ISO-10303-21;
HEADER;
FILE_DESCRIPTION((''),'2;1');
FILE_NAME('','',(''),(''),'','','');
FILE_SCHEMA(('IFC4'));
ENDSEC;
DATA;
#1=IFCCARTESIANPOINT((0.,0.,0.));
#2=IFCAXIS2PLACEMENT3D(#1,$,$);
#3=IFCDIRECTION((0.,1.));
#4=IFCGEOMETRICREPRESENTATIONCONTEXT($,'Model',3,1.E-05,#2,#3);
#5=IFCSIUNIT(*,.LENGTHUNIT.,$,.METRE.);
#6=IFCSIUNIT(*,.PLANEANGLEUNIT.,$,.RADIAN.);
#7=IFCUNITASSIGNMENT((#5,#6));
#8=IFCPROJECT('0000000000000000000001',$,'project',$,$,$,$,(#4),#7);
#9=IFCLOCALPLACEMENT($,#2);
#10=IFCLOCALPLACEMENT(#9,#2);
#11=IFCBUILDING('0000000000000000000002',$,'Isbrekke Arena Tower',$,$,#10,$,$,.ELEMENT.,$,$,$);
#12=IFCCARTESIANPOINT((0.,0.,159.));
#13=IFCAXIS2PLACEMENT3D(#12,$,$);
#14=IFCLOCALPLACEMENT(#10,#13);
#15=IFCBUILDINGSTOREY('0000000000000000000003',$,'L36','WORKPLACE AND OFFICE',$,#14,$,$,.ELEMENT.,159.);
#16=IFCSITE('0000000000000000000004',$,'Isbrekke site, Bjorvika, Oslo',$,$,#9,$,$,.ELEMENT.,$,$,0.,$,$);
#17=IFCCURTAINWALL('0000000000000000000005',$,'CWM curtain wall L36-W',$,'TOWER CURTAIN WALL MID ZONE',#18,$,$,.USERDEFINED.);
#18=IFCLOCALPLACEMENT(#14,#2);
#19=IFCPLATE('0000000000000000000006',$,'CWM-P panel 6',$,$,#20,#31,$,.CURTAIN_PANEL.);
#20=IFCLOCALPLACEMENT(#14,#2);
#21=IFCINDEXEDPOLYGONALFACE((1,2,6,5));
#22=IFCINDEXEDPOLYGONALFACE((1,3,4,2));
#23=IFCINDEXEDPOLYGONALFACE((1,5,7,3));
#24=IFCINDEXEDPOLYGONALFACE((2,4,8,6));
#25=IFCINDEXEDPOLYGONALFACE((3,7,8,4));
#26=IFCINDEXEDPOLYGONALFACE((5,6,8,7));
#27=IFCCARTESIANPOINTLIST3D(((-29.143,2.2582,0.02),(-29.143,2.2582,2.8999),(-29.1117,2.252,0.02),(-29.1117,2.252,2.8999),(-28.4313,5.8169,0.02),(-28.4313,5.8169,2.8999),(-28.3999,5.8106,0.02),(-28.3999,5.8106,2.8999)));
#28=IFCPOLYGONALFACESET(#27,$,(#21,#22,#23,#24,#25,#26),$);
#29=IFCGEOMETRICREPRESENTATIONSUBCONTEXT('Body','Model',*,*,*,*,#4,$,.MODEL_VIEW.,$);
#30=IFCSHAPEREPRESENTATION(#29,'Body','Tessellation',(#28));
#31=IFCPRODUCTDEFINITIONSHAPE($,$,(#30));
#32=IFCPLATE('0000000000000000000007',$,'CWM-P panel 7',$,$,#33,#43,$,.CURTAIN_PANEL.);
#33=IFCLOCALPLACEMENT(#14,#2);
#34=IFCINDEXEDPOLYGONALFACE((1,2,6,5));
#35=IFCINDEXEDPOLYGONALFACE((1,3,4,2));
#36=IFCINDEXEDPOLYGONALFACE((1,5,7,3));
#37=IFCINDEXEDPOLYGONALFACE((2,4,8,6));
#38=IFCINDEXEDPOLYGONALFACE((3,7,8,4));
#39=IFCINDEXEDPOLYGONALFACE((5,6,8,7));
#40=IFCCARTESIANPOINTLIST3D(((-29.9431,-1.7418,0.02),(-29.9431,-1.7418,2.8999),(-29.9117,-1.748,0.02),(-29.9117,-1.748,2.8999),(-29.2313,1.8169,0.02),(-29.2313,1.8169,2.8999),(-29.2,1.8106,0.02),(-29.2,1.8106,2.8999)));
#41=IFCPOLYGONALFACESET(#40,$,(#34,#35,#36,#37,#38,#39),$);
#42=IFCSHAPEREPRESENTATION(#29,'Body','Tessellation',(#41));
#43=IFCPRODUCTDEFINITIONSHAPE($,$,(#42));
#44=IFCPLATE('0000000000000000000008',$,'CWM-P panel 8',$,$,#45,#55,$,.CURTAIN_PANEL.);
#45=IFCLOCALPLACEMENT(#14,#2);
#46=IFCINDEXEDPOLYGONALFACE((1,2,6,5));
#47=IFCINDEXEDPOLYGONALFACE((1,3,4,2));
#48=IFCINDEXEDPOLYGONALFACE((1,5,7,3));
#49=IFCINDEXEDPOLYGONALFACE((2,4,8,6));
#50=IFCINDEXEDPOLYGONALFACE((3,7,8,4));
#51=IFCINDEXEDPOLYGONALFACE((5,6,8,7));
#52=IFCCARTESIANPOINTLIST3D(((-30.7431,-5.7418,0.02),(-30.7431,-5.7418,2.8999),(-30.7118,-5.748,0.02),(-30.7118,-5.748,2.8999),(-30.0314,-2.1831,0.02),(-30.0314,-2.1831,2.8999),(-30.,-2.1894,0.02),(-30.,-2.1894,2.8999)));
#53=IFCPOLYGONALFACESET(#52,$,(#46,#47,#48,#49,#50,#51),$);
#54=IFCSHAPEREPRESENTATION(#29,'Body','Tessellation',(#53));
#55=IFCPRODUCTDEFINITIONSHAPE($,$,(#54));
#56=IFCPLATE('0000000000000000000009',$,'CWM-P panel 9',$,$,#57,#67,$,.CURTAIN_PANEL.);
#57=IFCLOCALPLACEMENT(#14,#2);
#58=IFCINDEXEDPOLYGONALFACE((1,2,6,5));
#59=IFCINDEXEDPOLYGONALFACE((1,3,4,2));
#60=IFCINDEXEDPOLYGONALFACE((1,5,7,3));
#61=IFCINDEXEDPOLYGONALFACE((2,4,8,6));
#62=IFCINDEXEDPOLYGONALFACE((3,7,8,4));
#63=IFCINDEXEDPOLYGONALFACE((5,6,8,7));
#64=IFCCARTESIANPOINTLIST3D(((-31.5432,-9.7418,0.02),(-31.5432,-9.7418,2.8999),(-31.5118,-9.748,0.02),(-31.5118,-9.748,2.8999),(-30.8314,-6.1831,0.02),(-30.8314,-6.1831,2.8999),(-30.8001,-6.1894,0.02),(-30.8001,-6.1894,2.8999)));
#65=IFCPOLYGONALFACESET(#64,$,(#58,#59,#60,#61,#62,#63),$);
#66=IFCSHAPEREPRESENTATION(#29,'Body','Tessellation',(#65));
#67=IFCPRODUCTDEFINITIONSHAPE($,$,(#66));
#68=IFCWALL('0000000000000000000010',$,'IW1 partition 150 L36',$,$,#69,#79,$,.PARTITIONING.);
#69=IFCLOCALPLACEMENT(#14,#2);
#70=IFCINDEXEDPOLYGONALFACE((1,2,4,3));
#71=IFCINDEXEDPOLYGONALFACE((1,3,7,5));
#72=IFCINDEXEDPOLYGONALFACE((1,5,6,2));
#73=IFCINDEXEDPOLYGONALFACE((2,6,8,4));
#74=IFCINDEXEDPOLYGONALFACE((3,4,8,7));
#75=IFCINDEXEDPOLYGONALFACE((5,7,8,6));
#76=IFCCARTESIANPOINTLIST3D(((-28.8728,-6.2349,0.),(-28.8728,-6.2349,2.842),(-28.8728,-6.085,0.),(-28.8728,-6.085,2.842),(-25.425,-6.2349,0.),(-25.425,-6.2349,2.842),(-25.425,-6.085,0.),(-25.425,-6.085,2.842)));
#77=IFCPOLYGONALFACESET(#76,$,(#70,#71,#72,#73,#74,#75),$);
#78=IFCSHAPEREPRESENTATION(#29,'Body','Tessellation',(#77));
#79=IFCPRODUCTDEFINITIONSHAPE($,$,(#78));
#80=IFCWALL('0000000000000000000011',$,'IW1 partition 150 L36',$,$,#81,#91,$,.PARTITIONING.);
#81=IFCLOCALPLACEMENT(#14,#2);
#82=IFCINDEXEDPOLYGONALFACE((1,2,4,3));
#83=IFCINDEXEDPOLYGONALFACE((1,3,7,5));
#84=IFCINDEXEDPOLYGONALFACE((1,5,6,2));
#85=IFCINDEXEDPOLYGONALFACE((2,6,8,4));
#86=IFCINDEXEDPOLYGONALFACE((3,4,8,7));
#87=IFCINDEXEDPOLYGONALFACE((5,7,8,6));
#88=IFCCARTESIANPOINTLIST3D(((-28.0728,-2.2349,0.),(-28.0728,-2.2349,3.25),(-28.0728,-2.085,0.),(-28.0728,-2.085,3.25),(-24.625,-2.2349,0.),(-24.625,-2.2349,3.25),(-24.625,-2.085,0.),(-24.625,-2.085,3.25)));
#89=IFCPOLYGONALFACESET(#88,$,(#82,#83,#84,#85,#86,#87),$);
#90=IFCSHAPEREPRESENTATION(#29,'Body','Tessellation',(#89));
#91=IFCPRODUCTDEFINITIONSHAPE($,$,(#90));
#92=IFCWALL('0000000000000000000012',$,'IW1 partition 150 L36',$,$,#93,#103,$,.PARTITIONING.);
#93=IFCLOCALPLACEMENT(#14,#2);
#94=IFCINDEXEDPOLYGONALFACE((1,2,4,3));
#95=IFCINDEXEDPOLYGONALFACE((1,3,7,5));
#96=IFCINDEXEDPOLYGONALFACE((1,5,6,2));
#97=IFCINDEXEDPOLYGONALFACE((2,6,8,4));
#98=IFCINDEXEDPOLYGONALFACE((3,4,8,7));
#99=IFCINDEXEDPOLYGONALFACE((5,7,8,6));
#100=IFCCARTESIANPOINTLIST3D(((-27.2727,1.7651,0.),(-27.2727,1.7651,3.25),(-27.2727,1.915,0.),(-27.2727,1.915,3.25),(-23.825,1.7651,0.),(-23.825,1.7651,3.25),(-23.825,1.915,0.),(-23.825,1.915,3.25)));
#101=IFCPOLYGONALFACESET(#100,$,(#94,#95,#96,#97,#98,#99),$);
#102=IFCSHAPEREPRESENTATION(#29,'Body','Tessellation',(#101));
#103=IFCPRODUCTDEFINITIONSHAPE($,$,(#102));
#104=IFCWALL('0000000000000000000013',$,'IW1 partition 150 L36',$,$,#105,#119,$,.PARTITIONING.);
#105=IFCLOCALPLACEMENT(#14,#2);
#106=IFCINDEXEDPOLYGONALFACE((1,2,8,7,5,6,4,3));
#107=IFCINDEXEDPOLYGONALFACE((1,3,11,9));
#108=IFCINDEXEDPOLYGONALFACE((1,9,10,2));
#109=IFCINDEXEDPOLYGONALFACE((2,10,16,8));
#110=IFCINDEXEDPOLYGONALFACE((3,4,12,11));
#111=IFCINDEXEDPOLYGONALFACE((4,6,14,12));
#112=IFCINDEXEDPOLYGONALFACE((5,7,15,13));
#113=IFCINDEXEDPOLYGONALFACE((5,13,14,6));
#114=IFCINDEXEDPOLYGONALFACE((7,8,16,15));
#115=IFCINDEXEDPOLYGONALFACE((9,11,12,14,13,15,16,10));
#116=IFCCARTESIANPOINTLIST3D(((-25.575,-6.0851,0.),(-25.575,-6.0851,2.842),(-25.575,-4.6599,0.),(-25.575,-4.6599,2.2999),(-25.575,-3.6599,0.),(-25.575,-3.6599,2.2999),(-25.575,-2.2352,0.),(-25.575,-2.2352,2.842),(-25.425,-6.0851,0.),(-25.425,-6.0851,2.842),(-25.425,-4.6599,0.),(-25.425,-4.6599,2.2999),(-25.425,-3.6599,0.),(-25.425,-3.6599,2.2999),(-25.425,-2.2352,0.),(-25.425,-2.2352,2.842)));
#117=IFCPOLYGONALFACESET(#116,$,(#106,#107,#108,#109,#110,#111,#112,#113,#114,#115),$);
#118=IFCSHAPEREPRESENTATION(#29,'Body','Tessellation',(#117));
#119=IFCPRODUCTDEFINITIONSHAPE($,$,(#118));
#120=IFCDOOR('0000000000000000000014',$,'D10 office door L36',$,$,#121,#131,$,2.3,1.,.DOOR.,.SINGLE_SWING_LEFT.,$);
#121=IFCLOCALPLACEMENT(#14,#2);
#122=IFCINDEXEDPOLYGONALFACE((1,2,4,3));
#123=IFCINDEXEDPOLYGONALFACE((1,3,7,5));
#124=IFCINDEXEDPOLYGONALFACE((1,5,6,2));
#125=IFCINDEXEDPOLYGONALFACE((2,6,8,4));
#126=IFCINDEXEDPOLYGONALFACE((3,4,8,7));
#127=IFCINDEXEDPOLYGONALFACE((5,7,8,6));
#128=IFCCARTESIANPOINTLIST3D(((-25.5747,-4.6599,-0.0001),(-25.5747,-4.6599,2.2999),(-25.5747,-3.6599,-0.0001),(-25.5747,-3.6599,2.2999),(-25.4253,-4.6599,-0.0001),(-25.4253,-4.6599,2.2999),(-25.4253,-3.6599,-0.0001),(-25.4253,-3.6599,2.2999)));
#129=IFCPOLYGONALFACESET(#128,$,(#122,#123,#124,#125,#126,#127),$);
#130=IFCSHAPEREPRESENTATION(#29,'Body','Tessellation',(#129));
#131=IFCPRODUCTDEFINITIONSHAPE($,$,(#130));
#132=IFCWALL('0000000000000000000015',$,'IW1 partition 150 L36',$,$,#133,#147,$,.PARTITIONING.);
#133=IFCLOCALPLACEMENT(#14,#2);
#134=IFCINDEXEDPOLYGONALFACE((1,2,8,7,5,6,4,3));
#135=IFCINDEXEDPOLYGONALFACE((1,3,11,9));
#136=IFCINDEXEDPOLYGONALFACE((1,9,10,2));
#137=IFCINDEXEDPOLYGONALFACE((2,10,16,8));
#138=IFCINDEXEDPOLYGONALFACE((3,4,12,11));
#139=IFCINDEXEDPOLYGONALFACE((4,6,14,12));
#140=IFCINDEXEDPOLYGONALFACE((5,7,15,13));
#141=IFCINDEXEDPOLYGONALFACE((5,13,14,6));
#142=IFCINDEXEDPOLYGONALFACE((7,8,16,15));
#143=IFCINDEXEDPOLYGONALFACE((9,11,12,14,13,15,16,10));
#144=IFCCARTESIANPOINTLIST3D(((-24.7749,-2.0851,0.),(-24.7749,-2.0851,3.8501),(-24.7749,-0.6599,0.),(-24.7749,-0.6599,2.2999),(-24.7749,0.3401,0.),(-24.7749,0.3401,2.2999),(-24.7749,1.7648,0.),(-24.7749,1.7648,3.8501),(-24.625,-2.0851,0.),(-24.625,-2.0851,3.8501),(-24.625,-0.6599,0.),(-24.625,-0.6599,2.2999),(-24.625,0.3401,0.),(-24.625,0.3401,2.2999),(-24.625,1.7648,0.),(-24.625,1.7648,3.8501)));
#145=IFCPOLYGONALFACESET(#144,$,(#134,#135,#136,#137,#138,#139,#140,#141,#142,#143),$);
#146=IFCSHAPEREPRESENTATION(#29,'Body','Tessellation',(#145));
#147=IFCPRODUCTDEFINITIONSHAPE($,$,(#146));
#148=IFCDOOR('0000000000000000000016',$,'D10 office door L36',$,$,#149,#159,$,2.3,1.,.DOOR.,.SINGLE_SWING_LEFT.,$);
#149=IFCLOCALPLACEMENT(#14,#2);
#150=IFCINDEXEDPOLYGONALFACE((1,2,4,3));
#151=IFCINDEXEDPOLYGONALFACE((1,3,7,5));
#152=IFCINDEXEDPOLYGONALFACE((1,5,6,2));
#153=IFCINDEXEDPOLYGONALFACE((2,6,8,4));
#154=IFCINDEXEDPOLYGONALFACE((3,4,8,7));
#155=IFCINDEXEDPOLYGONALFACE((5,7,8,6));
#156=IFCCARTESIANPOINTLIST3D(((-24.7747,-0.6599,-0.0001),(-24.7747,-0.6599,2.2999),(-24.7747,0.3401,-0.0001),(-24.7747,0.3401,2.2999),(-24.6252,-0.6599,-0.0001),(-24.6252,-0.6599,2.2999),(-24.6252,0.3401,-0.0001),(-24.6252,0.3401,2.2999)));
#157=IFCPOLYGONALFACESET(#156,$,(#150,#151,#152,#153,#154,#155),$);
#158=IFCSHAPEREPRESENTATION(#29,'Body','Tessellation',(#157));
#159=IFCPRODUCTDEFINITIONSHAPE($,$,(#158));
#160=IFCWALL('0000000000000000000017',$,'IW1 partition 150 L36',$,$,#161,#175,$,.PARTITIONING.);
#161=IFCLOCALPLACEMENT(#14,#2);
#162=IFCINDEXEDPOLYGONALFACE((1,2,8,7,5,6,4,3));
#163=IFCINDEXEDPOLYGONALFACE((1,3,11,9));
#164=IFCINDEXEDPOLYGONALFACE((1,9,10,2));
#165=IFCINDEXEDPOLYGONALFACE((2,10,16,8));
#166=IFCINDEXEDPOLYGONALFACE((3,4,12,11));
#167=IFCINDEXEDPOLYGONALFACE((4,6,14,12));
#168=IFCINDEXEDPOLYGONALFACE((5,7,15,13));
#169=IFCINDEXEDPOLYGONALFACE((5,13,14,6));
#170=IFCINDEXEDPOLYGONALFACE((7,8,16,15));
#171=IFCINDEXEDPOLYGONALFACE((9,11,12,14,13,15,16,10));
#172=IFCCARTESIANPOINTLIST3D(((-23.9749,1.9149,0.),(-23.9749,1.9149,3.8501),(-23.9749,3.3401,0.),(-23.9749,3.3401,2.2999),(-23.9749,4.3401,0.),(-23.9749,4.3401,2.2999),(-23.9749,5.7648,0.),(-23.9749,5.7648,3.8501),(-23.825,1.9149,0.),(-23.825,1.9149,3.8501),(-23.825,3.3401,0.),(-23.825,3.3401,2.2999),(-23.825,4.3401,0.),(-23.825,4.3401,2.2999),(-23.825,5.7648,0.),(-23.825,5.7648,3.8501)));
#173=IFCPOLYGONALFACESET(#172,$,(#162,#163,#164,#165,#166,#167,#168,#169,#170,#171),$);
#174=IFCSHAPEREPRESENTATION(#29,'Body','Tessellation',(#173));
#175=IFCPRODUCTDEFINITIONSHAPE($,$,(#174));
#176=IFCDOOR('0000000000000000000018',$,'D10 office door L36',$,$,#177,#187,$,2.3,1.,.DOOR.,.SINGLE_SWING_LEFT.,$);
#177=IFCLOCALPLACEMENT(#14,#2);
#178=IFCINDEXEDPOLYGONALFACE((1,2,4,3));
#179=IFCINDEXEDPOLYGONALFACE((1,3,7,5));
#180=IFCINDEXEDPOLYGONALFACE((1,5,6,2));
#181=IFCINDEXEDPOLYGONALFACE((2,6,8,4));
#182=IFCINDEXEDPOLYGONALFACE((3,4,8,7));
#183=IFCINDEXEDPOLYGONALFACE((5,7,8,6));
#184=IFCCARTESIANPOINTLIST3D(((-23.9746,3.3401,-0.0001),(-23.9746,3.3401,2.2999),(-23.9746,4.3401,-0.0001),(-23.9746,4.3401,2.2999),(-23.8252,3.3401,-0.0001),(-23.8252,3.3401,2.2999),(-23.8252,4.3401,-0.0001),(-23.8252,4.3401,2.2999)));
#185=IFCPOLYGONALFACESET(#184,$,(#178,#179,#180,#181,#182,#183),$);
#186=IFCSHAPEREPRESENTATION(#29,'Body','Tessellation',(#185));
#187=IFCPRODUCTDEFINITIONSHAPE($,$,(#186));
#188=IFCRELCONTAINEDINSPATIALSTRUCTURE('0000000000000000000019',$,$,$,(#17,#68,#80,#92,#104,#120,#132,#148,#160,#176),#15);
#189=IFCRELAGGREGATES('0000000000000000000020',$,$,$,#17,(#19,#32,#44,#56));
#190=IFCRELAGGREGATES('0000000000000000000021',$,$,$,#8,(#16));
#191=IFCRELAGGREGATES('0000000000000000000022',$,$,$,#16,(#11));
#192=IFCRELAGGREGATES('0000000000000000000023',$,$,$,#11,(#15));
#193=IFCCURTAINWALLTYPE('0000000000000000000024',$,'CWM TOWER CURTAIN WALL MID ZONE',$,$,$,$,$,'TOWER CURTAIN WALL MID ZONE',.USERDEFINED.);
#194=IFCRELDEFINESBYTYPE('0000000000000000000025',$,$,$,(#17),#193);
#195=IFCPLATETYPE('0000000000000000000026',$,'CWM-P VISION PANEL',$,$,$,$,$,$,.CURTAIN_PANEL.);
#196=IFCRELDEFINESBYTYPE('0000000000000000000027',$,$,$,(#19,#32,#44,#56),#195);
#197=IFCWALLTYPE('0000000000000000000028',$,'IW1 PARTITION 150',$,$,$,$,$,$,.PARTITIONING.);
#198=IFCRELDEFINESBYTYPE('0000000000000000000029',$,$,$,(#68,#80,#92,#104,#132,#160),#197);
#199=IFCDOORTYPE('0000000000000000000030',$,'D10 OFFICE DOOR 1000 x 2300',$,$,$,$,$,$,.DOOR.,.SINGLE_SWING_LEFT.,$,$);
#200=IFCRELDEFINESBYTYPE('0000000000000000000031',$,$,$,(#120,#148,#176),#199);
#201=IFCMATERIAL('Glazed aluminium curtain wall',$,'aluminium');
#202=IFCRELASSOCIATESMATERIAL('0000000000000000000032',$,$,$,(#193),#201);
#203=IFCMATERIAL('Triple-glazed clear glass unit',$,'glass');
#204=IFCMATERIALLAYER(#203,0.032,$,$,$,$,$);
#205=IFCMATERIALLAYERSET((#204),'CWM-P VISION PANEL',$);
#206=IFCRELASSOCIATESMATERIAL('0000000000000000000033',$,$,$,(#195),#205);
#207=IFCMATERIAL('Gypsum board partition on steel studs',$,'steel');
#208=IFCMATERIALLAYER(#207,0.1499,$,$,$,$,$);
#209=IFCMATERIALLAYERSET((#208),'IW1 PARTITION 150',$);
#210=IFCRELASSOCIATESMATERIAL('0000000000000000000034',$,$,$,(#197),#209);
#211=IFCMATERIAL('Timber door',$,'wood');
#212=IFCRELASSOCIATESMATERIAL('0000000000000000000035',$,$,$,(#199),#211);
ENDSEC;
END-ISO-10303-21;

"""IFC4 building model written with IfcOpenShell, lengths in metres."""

from ifc_helpers import new_model, si_unit, direction, frame, frame_2d, origin, origin_2d, place, context, subcontext, project, spatial, rectangle, extrude, material, layer, layer_set, type_object, element, fill, aggregate, save


model = new_model("IFC4")

# Units and contexts
model_context = context("Model", 3, precision=1e-05, world=origin(), true_north=direction((0.0, 1.0)))
body_context = subcontext(model_context, "Body", "Model", "MODEL_VIEW")
ifc_project = project(units=[si_unit("LENGTHUNIT", "METRE"), si_unit("PLANEANGLEUNIT", "RADIAN")], contexts=[model_context])

# Site, building, storey
site_placement = place(None, origin())
site = spatial("IfcSite", under=ifc_project, at=site_placement, Name="Isbrekke site, Bjorvika, Oslo", CompositionType="ELEMENT", RefElevation=0.0)
building_placement = place(site_placement, origin())
building = spatial("IfcBuilding", under=site, at=building_placement, Name="Isbrekke Arena Tower", CompositionType="ELEMENT")
storey_placement = place(building_placement, frame((0.0, 0.0, 159.0)))
storey = spatial("IfcBuildingStorey", under=building, at=storey_placement, Name="L36", Description="WORKPLACE AND OFFICE", CompositionType="ELEMENT", Elevation=159.0)

# Curtain wall
ifc_material_1 = material(Name="Glazed aluminium curtain wall", Category="aluminium")
curtain_wall_type = type_object("IfcCurtainWallType", Name="CWM TOWER CURTAIN WALL MID ZONE", ElementType="TOWER CURTAIN WALL MID ZONE", PredefinedType="USERDEFINED", material=ifc_material_1)
curtain_wall_placement = place(storey_placement, origin())
curtain_wall = element("IfcCurtainWall", 1, at=curtain_wall_placement, inside=storey, type_object=curtain_wall_type, Name="CWM curtain wall L36-W", ObjectType="TOWER CURTAIN WALL MID ZONE", PredefinedType="USERDEFINED")

# Plates
ifc_material_2 = material(Name="Triple-glazed clear glass unit", Category="glass")
ifc_layer_1 = layer(ifc_material_2, 0.032)
ifc_layer_set_1 = layer_set([ifc_layer_1], Name="CWM-P VISION PANEL")
plate_type = type_object("IfcPlateType", Name="CWM-P VISION PANEL", PredefinedType="CURTAIN_PANEL", material=ifc_layer_set_1)
plate_1_placement = place(storey_placement, frame((-28.7715, 4.0344, 0.02), z_axis=(0.0, 0.0, 1.0), x_axis=(-0.196116, -0.980581, 0.0)))
plate_1 = element("IfcPlate", 2, at=plate_1_placement, type_object=plate_type, Name="CWM-P panel 6", PredefinedType="CURTAIN_PANEL", context=body_context, shape_type="SweptSolid", body=[
    extrude(rectangle(XDim=3.6292, YDim=0.032, at=origin_2d()), origin(), (0.0, 0.0, 1.0), 2.8799),
])
plate_2_placement = place(storey_placement, frame((-29.5715, 0.0344, 0.02), z_axis=(0.0, 0.0, 1.0), x_axis=(-0.196116, -0.980581, 0.0)))
plate_2 = element("IfcPlate", 3, at=plate_2_placement, type_object=plate_type, Name="CWM-P panel 7", PredefinedType="CURTAIN_PANEL", context=body_context, shape_type="SweptSolid", body=[
    extrude(rectangle(XDim=3.6292, YDim=0.032, at=origin_2d()), origin(), (0.0, 0.0, 1.0), 2.8799),
])
plate_3_placement = place(storey_placement, frame((-30.3716, -3.9656, 0.02), z_axis=(0.0, 0.0, 1.0), x_axis=(-0.196116, -0.980581, 0.0)))
plate_3 = element("IfcPlate", 4, at=plate_3_placement, type_object=plate_type, Name="CWM-P panel 8", PredefinedType="CURTAIN_PANEL", context=body_context, shape_type="SweptSolid", body=[
    extrude(rectangle(XDim=3.6292, YDim=0.032, at=origin_2d()), origin(), (0.0, 0.0, 1.0), 2.8799),
])
plate_4_placement = place(storey_placement, frame((-31.1716, -7.9656, 0.02), z_axis=(0.0, 0.0, 1.0), x_axis=(-0.196116, -0.980581, 0.0)))
plate_4 = element("IfcPlate", 5, at=plate_4_placement, type_object=plate_type, Name="CWM-P panel 9", PredefinedType="CURTAIN_PANEL", context=body_context, shape_type="SweptSolid", body=[
    extrude(rectangle(XDim=3.6292, YDim=0.032, at=origin_2d()), origin(), (0.0, 0.0, 1.0), 2.8799),
])
aggregate(curtain_wall, [plate_1, plate_2, plate_3, plate_4])

# Walls
ifc_material_3 = material(Name="Gypsum board partition on steel studs", Category="steel")
ifc_layer_2 = layer(ifc_material_3, 0.1499)
ifc_layer_set_2 = layer_set([ifc_layer_2], Name="IW1 PARTITION 150")
wall_type = type_object("IfcWallType", Name="IW1 PARTITION 150", PredefinedType="PARTITIONING", material=ifc_layer_set_2)
wall_1_placement = place(storey_placement, frame((-28.8728, -6.1599, 0.0), z_axis=(0.0, 0.0, 1.0), x_axis=(1.0, 0.0, 0.0)))
element("IfcWall", 6, at=wall_1_placement, inside=storey, type_object=wall_type, Name="IW1 partition 150 L36", PredefinedType="PARTITIONING", context=body_context, shape_type="SweptSolid", body=[
    extrude(rectangle(XDim=3.4478, YDim=0.1499, at=frame_2d((1.7239, 0.0))), origin(), (0.0, 0.0, 1.0), 2.842),
])
for number, where, z_axis, x_axis, name in (
    (7, (-28.0728, -2.1599, 0.0), (0.0, 0.0, 1.0), (1.0, 0.0, 0.0), "IW1 partition 150 L36"),
    (8, (-27.2727, 1.8401, 0.0), (0.0, 0.0, 1.0), (1.0, 0.0, 0.0), "IW1 partition 150 L36"),
):
    element("IfcWall", number, at=place(storey_placement, frame(where, z_axis=z_axis, x_axis=x_axis)), inside=storey, type_object=wall_type, Name=name, PredefinedType="PARTITIONING", context=body_context, shape_type="SweptSolid", body=[
        extrude(rectangle(XDim=3.4478, YDim=0.1499, at=frame_2d((1.7239, 0.0))), origin(), (0.0, 0.0, 1.0), 3.25),
    ])

# Walls, openings, doors
wall_2_placement = place(storey_placement, frame((-25.5, -6.085, 0.0), z_axis=(0.0, 0.0, 1.0), x_axis=(0.0, 1.0, 0.0)))
wall_2 = element("IfcWall", 9, at=wall_2_placement, inside=storey, type_object=wall_type, Name="IW1 partition 150 L36", PredefinedType="PARTITIONING", context=body_context, shape_type="SweptSolid", body=[
    extrude(rectangle(XDim=3.8499, YDim=0.1499, at=frame_2d((1.9248, 0.0))), origin(), (0.0, 0.0, 1.0), 2.842),
])
opening_1_placement = place(wall_2_placement, frame((1.425, 0.0, 0.0)))
opening_1 = element("IfcOpeningElement", 10, at=opening_1_placement, cuts=wall_2, PredefinedType="OPENING", context=body_context, shape_type="SweptSolid", body=[
    extrude(rectangle(XDim=1.0, YDim=2.3, at=frame_2d((0.5, 1.1499))), frame((0.0, 0.0898, 0.0), z_axis=(0.0, -1.0, 0.0), x_axis=(1.0, 0.0, 0.0)), (0.0, 0.0, 1.0), 0.1797),
])
ifc_material_4 = material(Name="Timber door", Category="wood")
door_type = type_object("IfcDoorType", Name="D10 OFFICE DOOR 1000 x 2300", OperationType="SINGLE_SWING_LEFT", PredefinedType="DOOR", material=ifc_material_4)
door_1_placement = place(opening_1_placement, origin())
door_1 = element("IfcDoor", 11, at=door_1_placement, inside=storey, type_object=door_type, Name="D10 office door L36", OperationType="SINGLE_SWING_LEFT", OverallHeight=2.3, OverallWidth=1.0, PredefinedType="DOOR", context=body_context, shape_type="SweptSolid", body=[
    extrude(rectangle(XDim=1.0, YDim=2.3, at=frame_2d((0.5, 1.1499))), frame((0.0, 0.0747, 0.0), z_axis=(0.0, -1.0, 0.0), x_axis=(1.0, 0.0, 0.0)), (0.0, 0.0, 1.0), 0.1494),
])
fill(opening_1, door_1)
wall_3_placement = place(storey_placement, frame((-24.7, -2.085, 0.0), z_axis=(0.0, 0.0, 1.0), x_axis=(0.0, 1.0, 0.0)))
wall_3 = element("IfcWall", 12, at=wall_3_placement, inside=storey, type_object=wall_type, Name="IW1 partition 150 L36", PredefinedType="PARTITIONING", context=body_context, shape_type="SweptSolid", body=[
    extrude(rectangle(XDim=3.8499, YDim=0.1499, at=frame_2d((1.9248, 0.0))), origin(), (0.0, 0.0, 1.0), 3.8501),
])
opening_2_placement = place(wall_3_placement, frame((1.425, 0.0, 0.0)))
opening_2 = element("IfcOpeningElement", 13, at=opening_2_placement, cuts=wall_3, PredefinedType="OPENING", context=body_context, shape_type="SweptSolid", body=[
    extrude(rectangle(XDim=1.0, YDim=2.3, at=frame_2d((0.5, 1.1499))), frame((0.0, 0.0898, 0.0), z_axis=(0.0, -1.0, 0.0), x_axis=(1.0, 0.0, 0.0)), (0.0, 0.0, 1.0), 0.1797),
])
door_2_placement = place(opening_2_placement, origin())
door_2 = element("IfcDoor", 14, at=door_2_placement, inside=storey, type_object=door_type, Name="D10 office door L36", OperationType="SINGLE_SWING_LEFT", OverallHeight=2.3, OverallWidth=1.0, PredefinedType="DOOR", context=body_context, shape_type="SweptSolid", body=[
    extrude(rectangle(XDim=1.0, YDim=2.3, at=frame_2d((0.5, 1.1499))), frame((0.0, 0.0747, 0.0), z_axis=(0.0, -1.0, 0.0), x_axis=(1.0, 0.0, 0.0)), (0.0, 0.0, 1.0), 0.1494),
])
fill(opening_2, door_2)
wall_4_placement = place(storey_placement, frame((-23.8999, 1.915, 0.0), z_axis=(0.0, 0.0, 1.0), x_axis=(0.0, 1.0, 0.0)))
wall_4 = element("IfcWall", 15, at=wall_4_placement, inside=storey, type_object=wall_type, Name="IW1 partition 150 L36", PredefinedType="PARTITIONING", context=body_context, shape_type="SweptSolid", body=[
    extrude(rectangle(XDim=3.8499, YDim=0.1499, at=frame_2d((1.9248, 0.0))), origin(), (0.0, 0.0, 1.0), 3.8501),
])
opening_3_placement = place(wall_4_placement, frame((1.425, 0.0, 0.0)))
opening_3 = element("IfcOpeningElement", 16, at=opening_3_placement, cuts=wall_4, PredefinedType="OPENING", context=body_context, shape_type="SweptSolid", body=[
    extrude(rectangle(XDim=1.0, YDim=2.3, at=frame_2d((0.5, 1.1499))), frame((0.0, 0.0898, 0.0), z_axis=(0.0, -1.0, 0.0), x_axis=(1.0, 0.0, 0.0)), (0.0, 0.0, 1.0), 0.1797),
])
door_3_placement = place(opening_3_placement, origin())
door_3 = element("IfcDoor", 17, at=door_3_placement, inside=storey, type_object=door_type, Name="D10 office door L36", OperationType="SINGLE_SWING_LEFT", OverallHeight=2.3, OverallWidth=1.0, PredefinedType="DOOR", context=body_context, shape_type="SweptSolid", body=[
    extrude(rectangle(XDim=1.0, YDim=2.3, at=frame_2d((0.5, 1.1499))), frame((0.0, 0.0747, 0.0), z_axis=(0.0, -1.0, 0.0), x_axis=(1.0, 0.0, 0.0)), (0.0, 0.0, 1.0), 0.1494),
])
fill(opening_3, door_3)

save(model, "model.ifc")
